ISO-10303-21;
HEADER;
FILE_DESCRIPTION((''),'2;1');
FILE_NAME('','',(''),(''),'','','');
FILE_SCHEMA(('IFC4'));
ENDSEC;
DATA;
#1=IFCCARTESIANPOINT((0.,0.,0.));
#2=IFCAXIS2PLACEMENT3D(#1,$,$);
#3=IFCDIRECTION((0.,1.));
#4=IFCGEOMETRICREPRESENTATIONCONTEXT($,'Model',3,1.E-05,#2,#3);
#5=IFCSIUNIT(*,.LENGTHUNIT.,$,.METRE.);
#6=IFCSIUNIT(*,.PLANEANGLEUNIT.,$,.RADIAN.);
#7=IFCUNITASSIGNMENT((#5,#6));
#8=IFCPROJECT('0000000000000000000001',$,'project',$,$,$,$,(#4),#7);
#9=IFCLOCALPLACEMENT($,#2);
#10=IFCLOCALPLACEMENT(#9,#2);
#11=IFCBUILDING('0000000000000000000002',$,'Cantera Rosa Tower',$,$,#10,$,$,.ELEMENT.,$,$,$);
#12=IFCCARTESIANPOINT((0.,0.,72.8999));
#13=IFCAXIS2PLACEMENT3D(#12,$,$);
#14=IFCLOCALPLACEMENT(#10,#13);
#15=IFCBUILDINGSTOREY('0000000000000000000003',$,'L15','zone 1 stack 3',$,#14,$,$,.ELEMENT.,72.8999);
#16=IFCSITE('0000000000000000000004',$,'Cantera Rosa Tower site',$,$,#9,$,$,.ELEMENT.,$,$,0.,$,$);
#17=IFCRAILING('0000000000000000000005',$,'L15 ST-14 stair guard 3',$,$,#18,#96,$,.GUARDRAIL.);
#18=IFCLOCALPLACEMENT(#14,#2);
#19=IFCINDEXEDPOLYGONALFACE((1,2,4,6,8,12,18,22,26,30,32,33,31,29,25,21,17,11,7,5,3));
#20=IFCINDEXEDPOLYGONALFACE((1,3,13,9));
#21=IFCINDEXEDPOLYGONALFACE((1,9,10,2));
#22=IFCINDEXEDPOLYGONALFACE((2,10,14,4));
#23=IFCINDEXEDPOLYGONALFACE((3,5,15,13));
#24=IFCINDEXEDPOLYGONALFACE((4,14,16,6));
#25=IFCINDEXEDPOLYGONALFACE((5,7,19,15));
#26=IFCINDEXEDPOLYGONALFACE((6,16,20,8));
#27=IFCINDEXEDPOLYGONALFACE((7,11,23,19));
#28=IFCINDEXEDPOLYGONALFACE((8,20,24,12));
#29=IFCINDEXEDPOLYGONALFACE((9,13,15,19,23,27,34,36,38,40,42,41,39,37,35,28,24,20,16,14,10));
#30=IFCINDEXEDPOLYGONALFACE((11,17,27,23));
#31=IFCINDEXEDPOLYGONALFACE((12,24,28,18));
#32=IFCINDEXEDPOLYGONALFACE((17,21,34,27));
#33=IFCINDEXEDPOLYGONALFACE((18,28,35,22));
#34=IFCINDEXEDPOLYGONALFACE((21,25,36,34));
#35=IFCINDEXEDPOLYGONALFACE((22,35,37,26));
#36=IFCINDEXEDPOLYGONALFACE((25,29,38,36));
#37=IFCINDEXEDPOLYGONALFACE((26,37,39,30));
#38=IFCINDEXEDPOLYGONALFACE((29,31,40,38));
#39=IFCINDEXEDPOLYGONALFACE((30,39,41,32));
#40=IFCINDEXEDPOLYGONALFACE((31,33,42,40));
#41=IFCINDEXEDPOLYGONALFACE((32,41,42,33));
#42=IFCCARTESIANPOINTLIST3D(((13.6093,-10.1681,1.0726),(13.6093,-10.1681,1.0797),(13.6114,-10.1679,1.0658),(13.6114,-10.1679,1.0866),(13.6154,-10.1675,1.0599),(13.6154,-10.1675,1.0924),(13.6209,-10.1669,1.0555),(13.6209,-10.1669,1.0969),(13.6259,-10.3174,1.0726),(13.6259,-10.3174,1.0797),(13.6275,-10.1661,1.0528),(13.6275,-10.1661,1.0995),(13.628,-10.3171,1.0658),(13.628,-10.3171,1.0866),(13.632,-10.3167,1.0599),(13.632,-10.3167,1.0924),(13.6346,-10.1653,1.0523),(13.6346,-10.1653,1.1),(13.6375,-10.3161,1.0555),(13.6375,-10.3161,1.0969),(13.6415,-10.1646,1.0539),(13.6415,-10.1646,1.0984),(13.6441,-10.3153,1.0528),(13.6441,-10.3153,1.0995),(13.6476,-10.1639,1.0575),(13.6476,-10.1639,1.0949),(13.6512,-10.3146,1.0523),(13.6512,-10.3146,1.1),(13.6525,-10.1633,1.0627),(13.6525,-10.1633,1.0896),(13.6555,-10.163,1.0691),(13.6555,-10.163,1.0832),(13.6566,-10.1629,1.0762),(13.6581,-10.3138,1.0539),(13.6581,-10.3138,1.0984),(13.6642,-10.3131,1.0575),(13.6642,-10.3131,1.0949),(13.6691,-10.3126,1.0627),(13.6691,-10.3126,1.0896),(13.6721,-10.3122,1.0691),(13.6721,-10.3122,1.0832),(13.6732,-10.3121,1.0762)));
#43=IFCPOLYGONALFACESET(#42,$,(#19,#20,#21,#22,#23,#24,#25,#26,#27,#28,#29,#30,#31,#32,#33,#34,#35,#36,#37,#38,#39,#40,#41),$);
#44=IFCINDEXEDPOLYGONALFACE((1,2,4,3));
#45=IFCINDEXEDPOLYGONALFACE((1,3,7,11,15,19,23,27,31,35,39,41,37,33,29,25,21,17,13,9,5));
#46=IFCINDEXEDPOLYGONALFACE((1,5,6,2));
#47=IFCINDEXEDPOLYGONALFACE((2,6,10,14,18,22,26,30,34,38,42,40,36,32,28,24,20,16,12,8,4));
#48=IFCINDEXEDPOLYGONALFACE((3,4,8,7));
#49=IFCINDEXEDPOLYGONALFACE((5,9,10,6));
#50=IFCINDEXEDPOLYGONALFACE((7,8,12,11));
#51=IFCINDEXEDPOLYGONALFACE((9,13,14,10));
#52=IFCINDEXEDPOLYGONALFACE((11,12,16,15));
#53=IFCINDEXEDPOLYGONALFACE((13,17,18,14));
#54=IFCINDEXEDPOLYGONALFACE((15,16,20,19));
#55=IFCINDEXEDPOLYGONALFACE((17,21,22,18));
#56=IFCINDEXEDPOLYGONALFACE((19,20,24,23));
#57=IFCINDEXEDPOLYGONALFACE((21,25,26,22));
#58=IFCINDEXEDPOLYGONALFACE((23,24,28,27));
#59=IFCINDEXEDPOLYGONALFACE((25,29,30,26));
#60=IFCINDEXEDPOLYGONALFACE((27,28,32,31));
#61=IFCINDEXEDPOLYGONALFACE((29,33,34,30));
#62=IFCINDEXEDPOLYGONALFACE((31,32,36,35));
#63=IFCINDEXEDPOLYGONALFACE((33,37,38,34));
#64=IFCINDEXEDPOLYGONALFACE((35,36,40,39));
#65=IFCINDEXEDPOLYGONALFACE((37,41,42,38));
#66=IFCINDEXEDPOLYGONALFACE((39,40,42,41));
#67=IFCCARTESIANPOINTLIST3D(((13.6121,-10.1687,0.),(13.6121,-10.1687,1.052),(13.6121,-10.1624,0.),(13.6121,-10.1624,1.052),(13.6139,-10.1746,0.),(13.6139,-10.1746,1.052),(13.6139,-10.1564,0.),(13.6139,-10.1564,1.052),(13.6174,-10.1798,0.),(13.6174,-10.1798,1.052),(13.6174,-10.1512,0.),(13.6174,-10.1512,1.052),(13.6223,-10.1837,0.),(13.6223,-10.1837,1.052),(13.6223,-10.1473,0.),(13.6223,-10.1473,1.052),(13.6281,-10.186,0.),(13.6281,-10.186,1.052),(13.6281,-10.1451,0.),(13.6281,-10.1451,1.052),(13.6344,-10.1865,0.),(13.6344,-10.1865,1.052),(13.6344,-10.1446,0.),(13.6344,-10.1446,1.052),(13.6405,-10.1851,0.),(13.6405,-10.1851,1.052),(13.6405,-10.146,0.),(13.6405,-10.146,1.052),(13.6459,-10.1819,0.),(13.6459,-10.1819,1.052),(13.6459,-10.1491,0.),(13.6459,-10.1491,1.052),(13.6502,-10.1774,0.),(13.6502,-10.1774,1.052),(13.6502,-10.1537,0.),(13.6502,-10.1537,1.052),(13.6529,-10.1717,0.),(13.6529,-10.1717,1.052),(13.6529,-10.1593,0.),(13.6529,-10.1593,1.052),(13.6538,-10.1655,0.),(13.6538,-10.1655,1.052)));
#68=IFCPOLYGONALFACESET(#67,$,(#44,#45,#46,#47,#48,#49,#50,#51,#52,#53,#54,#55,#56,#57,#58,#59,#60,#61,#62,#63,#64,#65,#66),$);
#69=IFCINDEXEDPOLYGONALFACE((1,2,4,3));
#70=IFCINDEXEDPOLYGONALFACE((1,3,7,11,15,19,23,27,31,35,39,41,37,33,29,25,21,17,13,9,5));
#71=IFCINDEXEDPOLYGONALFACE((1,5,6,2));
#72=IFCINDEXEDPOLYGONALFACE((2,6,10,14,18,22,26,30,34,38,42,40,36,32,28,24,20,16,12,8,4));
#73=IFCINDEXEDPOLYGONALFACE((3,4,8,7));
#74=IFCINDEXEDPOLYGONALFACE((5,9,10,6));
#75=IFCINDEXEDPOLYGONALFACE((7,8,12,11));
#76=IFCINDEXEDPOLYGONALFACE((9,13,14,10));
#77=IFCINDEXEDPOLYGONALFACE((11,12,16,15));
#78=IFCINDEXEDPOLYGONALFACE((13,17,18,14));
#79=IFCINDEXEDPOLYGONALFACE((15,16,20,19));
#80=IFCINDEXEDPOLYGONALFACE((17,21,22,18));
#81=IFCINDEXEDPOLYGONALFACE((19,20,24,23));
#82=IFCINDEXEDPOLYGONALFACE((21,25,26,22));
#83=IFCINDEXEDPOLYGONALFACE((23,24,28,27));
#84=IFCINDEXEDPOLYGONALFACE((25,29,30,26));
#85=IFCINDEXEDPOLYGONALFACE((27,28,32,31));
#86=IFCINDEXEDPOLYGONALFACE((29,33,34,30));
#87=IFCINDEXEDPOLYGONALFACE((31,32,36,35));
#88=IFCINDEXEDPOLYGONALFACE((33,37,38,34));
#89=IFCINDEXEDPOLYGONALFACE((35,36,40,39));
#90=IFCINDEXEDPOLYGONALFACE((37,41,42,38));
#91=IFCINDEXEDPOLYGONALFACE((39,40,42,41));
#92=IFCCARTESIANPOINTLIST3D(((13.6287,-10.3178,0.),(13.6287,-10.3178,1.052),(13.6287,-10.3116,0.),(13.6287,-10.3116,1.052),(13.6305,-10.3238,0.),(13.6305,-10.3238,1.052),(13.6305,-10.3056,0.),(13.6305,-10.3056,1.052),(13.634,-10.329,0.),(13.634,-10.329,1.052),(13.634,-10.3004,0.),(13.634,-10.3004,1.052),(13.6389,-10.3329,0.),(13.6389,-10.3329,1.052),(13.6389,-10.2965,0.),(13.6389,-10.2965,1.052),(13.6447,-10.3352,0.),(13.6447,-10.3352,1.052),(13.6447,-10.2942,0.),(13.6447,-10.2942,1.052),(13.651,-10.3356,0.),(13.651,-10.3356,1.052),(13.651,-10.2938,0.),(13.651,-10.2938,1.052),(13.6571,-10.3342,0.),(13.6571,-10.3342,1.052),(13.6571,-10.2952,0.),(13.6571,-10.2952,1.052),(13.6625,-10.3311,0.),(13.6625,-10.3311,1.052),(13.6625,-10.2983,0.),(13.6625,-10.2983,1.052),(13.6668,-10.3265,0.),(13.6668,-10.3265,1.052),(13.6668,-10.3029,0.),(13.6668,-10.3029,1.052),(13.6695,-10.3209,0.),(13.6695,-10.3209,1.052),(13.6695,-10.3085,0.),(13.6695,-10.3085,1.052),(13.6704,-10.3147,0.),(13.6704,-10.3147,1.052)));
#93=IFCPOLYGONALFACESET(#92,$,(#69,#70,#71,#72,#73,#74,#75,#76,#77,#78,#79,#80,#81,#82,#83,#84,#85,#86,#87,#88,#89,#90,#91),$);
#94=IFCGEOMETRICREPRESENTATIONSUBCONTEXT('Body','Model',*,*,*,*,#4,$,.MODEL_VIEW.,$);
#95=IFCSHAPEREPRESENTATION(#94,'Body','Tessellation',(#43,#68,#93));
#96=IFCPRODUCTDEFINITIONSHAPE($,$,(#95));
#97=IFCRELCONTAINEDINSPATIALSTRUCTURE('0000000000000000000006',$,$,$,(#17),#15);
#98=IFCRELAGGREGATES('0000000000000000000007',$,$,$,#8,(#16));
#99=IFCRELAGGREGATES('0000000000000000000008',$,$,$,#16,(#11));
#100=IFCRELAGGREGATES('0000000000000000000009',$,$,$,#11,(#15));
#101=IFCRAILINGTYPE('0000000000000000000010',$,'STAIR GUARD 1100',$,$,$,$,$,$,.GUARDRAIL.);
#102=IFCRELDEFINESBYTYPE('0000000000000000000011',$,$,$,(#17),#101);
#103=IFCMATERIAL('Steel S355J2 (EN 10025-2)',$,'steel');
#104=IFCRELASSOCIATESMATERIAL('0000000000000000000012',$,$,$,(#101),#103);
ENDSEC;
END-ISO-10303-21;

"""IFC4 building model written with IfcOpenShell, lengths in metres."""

from ifc_helpers import new_model, si_unit, direction, frame, origin, origin_2d, place, context, subcontext, project, spatial, circle, extrude, material, type_object, element, save


model = new_model("IFC4")

# Units and contexts
model_context = context("Model", 3, precision=1e-05, world=origin(), true_north=direction((0.0, 1.0)))
body_context = subcontext(model_context, "Body", "Model", "MODEL_VIEW")
ifc_project = project(units=[si_unit("LENGTHUNIT", "METRE"), si_unit("PLANEANGLEUNIT", "RADIAN")], contexts=[model_context])

# Site, building, storey
site_placement = place(None, origin())
site = spatial("IfcSite", under=ifc_project, at=site_placement, Name="Cantera Rosa Tower site", CompositionType="ELEMENT", RefElevation=0.0)
building_placement = place(site_placement, origin())
building = spatial("IfcBuilding", under=site, at=building_placement, Name="Cantera Rosa Tower", CompositionType="ELEMENT")
storey_placement = place(building_placement, frame((0.0, 0.0, 72.8999)))
storey = spatial("IfcBuildingStorey", under=building, at=storey_placement, Name="L15", Description="zone 1 stack 3", CompositionType="ELEMENT", Elevation=72.8999)

# Railing
ifc_material_1 = material(Name="Steel S355J2 (EN 10025-2)", Category="steel")
railing_type_1 = type_object("IfcRailingType", Name="STAIR GUARD 1100", PredefinedType="GUARDRAIL", material=ifc_material_1)
railing_1_placement = place(storey_placement, frame((13.6328, -10.1655, 0.0)))
element("IfcRailing", 1, at=railing_1_placement, inside=storey, type_object=railing_type_1, Name="L15 ST-14 stair guard 3", PredefinedType="GUARDRAIL", context=body_context, shape_type="SweptSolid", body=[
    extrude(circle(Radius=0.0239, at=origin_2d()), frame((0.0, 0.0, 1.0762), z_axis=(0.11061, -0.993864, 0.0), x_axis=(0.993864, 0.11061, 0.0)), (0.0, 0.0, 1.0), 0.1501),
    extrude(circle(Radius=0.021, at=origin_2d()), origin(), (0.0, 0.0, 1.0), 1.052),
    extrude(circle(Radius=0.021, at=origin_2d()), frame((0.0166, -0.1492, 0.0)), (0.0, 0.0, 1.0), 1.052),
])

save(model, "model.ifc")
